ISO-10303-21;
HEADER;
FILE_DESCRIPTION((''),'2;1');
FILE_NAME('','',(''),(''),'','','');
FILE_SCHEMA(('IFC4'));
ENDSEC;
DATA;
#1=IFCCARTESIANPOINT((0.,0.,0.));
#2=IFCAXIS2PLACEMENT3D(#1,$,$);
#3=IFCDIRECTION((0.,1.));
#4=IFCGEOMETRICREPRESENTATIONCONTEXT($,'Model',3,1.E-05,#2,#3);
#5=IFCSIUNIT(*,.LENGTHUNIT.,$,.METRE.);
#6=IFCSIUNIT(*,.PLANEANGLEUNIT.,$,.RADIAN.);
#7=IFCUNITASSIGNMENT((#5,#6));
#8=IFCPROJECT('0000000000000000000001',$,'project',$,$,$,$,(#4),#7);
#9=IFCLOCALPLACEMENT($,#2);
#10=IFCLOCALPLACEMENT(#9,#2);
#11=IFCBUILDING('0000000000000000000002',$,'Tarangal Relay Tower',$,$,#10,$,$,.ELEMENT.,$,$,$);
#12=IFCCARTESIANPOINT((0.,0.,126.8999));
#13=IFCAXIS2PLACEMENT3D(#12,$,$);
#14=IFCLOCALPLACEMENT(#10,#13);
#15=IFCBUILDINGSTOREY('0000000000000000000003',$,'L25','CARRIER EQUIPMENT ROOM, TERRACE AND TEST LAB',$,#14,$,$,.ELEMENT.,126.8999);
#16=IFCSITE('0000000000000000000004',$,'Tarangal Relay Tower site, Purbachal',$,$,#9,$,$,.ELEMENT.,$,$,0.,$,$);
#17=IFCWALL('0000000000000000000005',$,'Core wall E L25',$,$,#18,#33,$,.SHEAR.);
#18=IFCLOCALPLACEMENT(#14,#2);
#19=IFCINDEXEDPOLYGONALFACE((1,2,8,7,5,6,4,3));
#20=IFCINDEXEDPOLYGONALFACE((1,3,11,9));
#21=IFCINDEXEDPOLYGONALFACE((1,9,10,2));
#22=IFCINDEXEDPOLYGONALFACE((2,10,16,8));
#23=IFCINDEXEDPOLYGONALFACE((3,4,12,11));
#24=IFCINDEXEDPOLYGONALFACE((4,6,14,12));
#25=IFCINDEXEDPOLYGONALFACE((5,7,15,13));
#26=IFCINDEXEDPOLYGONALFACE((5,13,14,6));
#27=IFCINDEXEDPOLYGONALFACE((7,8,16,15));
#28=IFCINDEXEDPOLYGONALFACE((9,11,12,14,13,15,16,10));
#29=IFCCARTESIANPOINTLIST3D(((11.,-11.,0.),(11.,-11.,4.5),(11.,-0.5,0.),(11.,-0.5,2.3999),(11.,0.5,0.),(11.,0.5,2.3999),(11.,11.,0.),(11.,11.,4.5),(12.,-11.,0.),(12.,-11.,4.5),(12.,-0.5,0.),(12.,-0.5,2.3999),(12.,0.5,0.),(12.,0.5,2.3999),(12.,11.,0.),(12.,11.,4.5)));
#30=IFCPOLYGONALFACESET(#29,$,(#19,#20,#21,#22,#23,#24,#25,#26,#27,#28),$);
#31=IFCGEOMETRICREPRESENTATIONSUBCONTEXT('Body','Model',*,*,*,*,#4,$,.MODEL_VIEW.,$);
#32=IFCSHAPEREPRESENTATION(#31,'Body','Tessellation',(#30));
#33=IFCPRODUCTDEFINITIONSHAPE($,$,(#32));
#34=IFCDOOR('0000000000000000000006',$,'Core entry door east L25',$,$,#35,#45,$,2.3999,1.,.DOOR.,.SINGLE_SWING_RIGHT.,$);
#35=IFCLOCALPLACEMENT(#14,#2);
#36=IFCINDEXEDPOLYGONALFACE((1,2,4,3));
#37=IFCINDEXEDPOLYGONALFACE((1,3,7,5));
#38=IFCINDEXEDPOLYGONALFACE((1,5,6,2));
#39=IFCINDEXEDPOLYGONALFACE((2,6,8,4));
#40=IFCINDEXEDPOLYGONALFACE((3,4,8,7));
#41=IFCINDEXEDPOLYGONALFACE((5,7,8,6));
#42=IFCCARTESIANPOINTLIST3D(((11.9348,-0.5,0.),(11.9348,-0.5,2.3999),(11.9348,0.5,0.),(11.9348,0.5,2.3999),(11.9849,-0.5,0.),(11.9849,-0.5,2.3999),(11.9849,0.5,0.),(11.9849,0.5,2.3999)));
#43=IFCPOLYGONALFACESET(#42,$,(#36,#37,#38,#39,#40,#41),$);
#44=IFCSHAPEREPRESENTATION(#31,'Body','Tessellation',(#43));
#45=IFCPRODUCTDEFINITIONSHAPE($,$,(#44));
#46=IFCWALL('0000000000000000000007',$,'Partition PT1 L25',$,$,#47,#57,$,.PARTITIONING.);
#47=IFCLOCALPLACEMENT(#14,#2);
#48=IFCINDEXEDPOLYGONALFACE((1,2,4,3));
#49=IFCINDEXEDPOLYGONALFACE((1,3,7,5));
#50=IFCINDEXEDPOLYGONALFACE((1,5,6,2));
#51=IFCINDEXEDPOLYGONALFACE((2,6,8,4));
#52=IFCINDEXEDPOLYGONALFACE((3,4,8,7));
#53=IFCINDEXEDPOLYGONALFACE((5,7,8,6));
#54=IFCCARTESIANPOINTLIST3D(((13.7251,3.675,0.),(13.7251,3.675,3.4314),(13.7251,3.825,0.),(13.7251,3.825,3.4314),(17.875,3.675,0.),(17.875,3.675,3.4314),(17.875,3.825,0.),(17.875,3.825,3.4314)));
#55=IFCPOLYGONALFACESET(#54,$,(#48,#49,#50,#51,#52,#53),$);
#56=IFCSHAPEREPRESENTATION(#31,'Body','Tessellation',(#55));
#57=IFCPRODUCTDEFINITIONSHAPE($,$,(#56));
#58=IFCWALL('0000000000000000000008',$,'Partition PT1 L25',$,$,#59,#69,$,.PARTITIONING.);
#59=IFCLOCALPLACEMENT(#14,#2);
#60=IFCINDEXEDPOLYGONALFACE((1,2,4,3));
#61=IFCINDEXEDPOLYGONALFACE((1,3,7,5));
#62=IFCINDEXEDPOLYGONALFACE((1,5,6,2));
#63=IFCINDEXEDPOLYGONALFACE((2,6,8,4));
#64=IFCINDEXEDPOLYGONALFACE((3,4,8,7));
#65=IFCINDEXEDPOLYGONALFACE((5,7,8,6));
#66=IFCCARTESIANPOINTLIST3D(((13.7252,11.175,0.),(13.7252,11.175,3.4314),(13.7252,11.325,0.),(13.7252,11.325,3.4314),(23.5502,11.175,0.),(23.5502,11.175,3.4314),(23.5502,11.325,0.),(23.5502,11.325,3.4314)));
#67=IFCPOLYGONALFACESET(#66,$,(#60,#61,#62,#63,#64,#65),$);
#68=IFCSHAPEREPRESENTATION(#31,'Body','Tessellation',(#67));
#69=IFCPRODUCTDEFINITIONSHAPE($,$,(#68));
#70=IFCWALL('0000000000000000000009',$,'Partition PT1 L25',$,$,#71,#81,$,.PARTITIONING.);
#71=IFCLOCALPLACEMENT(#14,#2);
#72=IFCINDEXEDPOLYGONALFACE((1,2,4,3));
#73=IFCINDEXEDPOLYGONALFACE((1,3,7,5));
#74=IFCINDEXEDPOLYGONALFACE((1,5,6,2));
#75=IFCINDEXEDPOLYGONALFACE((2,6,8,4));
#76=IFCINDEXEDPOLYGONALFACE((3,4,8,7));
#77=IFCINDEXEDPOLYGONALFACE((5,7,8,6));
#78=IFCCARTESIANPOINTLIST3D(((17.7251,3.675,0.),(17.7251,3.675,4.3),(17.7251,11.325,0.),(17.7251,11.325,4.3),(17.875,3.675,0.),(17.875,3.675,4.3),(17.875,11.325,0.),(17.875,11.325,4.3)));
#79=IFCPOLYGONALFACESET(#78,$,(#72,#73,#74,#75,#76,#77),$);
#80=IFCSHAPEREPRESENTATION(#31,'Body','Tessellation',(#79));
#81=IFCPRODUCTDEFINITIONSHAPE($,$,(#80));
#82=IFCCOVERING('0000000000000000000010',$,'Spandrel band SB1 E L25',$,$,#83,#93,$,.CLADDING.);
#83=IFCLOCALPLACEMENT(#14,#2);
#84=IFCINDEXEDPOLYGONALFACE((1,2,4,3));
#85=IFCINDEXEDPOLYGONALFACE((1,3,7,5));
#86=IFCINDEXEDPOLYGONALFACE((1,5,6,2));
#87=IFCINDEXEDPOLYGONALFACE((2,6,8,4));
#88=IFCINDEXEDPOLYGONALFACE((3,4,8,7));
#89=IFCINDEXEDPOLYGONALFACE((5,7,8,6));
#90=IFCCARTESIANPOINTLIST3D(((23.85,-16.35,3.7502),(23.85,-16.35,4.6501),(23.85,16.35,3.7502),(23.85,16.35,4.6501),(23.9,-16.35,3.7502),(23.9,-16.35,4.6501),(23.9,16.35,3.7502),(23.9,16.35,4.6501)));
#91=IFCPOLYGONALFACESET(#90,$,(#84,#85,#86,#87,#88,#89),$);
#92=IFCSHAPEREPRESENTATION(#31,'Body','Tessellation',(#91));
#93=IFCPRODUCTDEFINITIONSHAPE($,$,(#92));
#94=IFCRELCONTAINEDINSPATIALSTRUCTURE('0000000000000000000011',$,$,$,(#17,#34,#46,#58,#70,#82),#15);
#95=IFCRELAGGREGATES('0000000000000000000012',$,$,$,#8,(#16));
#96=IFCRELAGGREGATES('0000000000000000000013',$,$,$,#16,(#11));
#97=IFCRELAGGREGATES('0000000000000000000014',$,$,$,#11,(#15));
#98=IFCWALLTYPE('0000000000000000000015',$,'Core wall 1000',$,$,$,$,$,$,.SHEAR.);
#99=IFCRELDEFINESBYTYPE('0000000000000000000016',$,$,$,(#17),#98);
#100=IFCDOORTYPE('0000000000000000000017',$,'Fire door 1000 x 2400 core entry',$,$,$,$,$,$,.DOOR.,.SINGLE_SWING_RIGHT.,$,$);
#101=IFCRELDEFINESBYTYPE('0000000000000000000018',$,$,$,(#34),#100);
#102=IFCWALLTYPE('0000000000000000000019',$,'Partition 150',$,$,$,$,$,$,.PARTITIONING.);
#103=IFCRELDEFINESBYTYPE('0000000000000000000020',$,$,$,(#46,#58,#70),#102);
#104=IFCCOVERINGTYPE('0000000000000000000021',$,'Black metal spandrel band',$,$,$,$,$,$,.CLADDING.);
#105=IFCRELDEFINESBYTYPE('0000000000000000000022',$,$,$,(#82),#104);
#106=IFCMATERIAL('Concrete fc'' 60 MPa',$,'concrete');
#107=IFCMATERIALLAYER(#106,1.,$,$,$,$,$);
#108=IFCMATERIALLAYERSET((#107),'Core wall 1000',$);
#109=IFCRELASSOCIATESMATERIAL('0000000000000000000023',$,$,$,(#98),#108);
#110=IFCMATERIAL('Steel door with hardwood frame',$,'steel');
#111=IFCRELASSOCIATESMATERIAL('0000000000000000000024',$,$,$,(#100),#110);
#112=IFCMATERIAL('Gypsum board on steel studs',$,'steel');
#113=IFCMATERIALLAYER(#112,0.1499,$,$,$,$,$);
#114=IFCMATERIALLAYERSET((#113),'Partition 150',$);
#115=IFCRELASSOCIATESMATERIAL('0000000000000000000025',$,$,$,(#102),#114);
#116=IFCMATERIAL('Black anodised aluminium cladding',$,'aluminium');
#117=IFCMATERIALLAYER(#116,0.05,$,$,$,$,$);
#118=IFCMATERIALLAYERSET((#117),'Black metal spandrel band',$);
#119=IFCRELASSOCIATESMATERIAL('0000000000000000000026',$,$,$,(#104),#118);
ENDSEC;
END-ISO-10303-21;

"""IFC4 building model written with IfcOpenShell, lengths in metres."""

from ifc_helpers import new_model, si_unit, direction, frame, frame_2d, origin, origin_2d, place, context, subcontext, project, spatial, rectangle, extrude, material, layer, layer_set, type_object, element, fill, save


model = new_model("IFC4")

# Units and contexts
model_context = context("Model", 3, precision=1e-05, world=origin(), true_north=direction((0.0, 1.0)))
body_context = subcontext(model_context, "Body", "Model", "MODEL_VIEW")
ifc_project = project(units=[si_unit("LENGTHUNIT", "METRE"), si_unit("PLANEANGLEUNIT", "RADIAN")], contexts=[model_context])

# Site, building, storey
site_placement = place(None, origin())
site = spatial("IfcSite", under=ifc_project, at=site_placement, Name="Tarangal Relay Tower site, Purbachal", CompositionType="ELEMENT", RefElevation=0.0)
building_placement = place(site_placement, origin())
building = spatial("IfcBuilding", under=site, at=building_placement, Name="Tarangal Relay Tower", CompositionType="ELEMENT")
storey_placement = place(building_placement, frame((0.0, 0.0, 126.8999)))
storey = spatial("IfcBuildingStorey", under=building, at=storey_placement, Name="L25", Description="CARRIER EQUIPMENT ROOM, TERRACE AND TEST LAB", CompositionType="ELEMENT", Elevation=126.8999)

# Wall, opening, door
ifc_material_1 = material(Name="Concrete fc' 60 MPa", Category="concrete")
ifc_layer_1 = layer(ifc_material_1, 1.0)
ifc_layer_set_1 = layer_set([ifc_layer_1], Name="Core wall 1000")
wall_type_1 = type_object("IfcWallType", Name="Core wall 1000", PredefinedType="SHEAR", material=ifc_layer_set_1)
wall_1_placement = place(storey_placement, frame((11.5, 11.0, 0.0), z_axis=(0.0, 0.0, 1.0), x_axis=(0.0, -1.0, 0.0)))
wall_1 = element("IfcWall", 1, at=wall_1_placement, inside=storey, type_object=wall_type_1, Name="Core wall E L25", PredefinedType="SHEAR", context=body_context, shape_type="SweptSolid", body=[
    extrude(rectangle(XDim=22.0, YDim=1.0, at=frame_2d((11.0, 0.0))), origin(), (0.0, 0.0, 1.0), 4.5),
])
opening_placement = place(wall_1_placement, frame((10.5, 0.0, 0.0)))
opening = element("IfcOpeningElement", 2, at=opening_placement, cuts=wall_1, PredefinedType="OPENING", context=body_context, shape_type="SweptSolid", body=[
    extrude(rectangle(XDim=1.0, YDim=2.3999, at=frame_2d((0.5, 1.2))), frame((0.0, 0.51, 0.0), z_axis=(0.0, -1.0, 0.0), x_axis=(1.0, 0.0, 0.0)), (0.0, 0.0, 1.0), 1.02),
])
ifc_material_2 = material(Name="Steel door with hardwood frame", Category="steel")
door_type = type_object("IfcDoorType", Name="Fire door 1000 x 2400 core entry", OperationType="SINGLE_SWING_RIGHT", PredefinedType="DOOR", material=ifc_material_2)
door_placement = place(opening_placement, origin())
door = element("IfcDoor", 3, at=door_placement, inside=storey, type_object=door_type, Name="Core entry door east L25", OperationType="SINGLE_SWING_RIGHT", OverallHeight=2.3999, OverallWidth=1.0, PredefinedType="DOOR", context=body_context, shape_type="SweptSolid", body=[
    extrude(rectangle(XDim=1.0, YDim=2.3999, at=frame_2d((0.5, 1.2))), frame((0.0, 0.4849, 0.0), z_axis=(0.0, -1.0, 0.0), x_axis=(1.0, 0.0, 0.0)), (0.0, 0.0, 1.0), 0.05),
])
fill(opening, door)

# Walls
ifc_material_3 = material(Name="Gypsum board on steel studs", Category="steel")
ifc_layer_2 = layer(ifc_material_3, 0.1499)
ifc_layer_set_2 = layer_set([ifc_layer_2], Name="Partition 150")
wall_type_2 = type_object("IfcWallType", Name="Partition 150", PredefinedType="PARTITIONING", material=ifc_layer_set_2)
wall_2_placement = place(storey_placement, frame((13.7251, 3.75, 0.0), z_axis=(0.0, 0.0, 1.0), x_axis=(1.0, 0.0, 0.0)))
element("IfcWall", 4, at=wall_2_placement, inside=storey, type_object=wall_type_2, Name="Partition PT1 L25", PredefinedType="PARTITIONING", context=body_context, shape_type="SweptSolid", body=[
    extrude(rectangle(XDim=4.1499, YDim=0.1499, at=frame_2d((2.075, 0.0))), origin(), (0.0, 0.0, 1.0), 3.4314),
])
wall_3_placement = place(storey_placement, frame((13.7251, 11.25, 0.0), z_axis=(0.0, 0.0, 1.0), x_axis=(1.0, 0.0, 0.0)))
element("IfcWall", 5, at=wall_3_placement, inside=storey, type_object=wall_type_2, Name="Partition PT1 L25", PredefinedType="PARTITIONING", context=body_context, shape_type="SweptSolid", body=[
    extrude(rectangle(XDim=9.825, YDim=0.1499, at=frame_2d((4.9126, 0.0))), origin(), (0.0, 0.0, 1.0), 3.4314),
])
wall_4_placement = place(storey_placement, frame((17.8, 3.675, 0.0), z_axis=(0.0, 0.0, 1.0), x_axis=(0.0, 1.0, 0.0)))
element("IfcWall", 6, at=wall_4_placement, inside=storey, type_object=wall_type_2, Name="Partition PT1 L25", PredefinedType="PARTITIONING", context=body_context, shape_type="SweptSolid", body=[
    extrude(rectangle(XDim=7.6499, YDim=0.1499, at=frame_2d((3.825, 0.0))), origin(), (0.0, 0.0, 1.0), 4.3),
])

# Covering
ifc_material_4 = material(Name="Black anodised aluminium cladding", Category="aluminium")
ifc_layer_3 = layer(ifc_material_4, 0.05)
ifc_layer_set_3 = layer_set([ifc_layer_3], Name="Black metal spandrel band")
covering_type = type_object("IfcCoveringType", Name="Black metal spandrel band", PredefinedType="CLADDING", material=ifc_layer_set_3)
covering_placement = place(storey_placement, frame((23.875, 0.0, 3.7502), z_axis=(0.0, 0.0, 1.0), x_axis=(0.0, -1.0, 0.0)))
element("IfcCovering", 7, at=covering_placement, inside=storey, type_object=covering_type, Name="Spandrel band SB1 E L25", PredefinedType="CLADDING", context=body_context, shape_type="SweptSolid", body=[
    extrude(rectangle(XDim=32.7, YDim=0.05, at=origin_2d()), origin(), (0.0, 0.0, 1.0), 0.8999),
])

save(model, "model.ifc")
